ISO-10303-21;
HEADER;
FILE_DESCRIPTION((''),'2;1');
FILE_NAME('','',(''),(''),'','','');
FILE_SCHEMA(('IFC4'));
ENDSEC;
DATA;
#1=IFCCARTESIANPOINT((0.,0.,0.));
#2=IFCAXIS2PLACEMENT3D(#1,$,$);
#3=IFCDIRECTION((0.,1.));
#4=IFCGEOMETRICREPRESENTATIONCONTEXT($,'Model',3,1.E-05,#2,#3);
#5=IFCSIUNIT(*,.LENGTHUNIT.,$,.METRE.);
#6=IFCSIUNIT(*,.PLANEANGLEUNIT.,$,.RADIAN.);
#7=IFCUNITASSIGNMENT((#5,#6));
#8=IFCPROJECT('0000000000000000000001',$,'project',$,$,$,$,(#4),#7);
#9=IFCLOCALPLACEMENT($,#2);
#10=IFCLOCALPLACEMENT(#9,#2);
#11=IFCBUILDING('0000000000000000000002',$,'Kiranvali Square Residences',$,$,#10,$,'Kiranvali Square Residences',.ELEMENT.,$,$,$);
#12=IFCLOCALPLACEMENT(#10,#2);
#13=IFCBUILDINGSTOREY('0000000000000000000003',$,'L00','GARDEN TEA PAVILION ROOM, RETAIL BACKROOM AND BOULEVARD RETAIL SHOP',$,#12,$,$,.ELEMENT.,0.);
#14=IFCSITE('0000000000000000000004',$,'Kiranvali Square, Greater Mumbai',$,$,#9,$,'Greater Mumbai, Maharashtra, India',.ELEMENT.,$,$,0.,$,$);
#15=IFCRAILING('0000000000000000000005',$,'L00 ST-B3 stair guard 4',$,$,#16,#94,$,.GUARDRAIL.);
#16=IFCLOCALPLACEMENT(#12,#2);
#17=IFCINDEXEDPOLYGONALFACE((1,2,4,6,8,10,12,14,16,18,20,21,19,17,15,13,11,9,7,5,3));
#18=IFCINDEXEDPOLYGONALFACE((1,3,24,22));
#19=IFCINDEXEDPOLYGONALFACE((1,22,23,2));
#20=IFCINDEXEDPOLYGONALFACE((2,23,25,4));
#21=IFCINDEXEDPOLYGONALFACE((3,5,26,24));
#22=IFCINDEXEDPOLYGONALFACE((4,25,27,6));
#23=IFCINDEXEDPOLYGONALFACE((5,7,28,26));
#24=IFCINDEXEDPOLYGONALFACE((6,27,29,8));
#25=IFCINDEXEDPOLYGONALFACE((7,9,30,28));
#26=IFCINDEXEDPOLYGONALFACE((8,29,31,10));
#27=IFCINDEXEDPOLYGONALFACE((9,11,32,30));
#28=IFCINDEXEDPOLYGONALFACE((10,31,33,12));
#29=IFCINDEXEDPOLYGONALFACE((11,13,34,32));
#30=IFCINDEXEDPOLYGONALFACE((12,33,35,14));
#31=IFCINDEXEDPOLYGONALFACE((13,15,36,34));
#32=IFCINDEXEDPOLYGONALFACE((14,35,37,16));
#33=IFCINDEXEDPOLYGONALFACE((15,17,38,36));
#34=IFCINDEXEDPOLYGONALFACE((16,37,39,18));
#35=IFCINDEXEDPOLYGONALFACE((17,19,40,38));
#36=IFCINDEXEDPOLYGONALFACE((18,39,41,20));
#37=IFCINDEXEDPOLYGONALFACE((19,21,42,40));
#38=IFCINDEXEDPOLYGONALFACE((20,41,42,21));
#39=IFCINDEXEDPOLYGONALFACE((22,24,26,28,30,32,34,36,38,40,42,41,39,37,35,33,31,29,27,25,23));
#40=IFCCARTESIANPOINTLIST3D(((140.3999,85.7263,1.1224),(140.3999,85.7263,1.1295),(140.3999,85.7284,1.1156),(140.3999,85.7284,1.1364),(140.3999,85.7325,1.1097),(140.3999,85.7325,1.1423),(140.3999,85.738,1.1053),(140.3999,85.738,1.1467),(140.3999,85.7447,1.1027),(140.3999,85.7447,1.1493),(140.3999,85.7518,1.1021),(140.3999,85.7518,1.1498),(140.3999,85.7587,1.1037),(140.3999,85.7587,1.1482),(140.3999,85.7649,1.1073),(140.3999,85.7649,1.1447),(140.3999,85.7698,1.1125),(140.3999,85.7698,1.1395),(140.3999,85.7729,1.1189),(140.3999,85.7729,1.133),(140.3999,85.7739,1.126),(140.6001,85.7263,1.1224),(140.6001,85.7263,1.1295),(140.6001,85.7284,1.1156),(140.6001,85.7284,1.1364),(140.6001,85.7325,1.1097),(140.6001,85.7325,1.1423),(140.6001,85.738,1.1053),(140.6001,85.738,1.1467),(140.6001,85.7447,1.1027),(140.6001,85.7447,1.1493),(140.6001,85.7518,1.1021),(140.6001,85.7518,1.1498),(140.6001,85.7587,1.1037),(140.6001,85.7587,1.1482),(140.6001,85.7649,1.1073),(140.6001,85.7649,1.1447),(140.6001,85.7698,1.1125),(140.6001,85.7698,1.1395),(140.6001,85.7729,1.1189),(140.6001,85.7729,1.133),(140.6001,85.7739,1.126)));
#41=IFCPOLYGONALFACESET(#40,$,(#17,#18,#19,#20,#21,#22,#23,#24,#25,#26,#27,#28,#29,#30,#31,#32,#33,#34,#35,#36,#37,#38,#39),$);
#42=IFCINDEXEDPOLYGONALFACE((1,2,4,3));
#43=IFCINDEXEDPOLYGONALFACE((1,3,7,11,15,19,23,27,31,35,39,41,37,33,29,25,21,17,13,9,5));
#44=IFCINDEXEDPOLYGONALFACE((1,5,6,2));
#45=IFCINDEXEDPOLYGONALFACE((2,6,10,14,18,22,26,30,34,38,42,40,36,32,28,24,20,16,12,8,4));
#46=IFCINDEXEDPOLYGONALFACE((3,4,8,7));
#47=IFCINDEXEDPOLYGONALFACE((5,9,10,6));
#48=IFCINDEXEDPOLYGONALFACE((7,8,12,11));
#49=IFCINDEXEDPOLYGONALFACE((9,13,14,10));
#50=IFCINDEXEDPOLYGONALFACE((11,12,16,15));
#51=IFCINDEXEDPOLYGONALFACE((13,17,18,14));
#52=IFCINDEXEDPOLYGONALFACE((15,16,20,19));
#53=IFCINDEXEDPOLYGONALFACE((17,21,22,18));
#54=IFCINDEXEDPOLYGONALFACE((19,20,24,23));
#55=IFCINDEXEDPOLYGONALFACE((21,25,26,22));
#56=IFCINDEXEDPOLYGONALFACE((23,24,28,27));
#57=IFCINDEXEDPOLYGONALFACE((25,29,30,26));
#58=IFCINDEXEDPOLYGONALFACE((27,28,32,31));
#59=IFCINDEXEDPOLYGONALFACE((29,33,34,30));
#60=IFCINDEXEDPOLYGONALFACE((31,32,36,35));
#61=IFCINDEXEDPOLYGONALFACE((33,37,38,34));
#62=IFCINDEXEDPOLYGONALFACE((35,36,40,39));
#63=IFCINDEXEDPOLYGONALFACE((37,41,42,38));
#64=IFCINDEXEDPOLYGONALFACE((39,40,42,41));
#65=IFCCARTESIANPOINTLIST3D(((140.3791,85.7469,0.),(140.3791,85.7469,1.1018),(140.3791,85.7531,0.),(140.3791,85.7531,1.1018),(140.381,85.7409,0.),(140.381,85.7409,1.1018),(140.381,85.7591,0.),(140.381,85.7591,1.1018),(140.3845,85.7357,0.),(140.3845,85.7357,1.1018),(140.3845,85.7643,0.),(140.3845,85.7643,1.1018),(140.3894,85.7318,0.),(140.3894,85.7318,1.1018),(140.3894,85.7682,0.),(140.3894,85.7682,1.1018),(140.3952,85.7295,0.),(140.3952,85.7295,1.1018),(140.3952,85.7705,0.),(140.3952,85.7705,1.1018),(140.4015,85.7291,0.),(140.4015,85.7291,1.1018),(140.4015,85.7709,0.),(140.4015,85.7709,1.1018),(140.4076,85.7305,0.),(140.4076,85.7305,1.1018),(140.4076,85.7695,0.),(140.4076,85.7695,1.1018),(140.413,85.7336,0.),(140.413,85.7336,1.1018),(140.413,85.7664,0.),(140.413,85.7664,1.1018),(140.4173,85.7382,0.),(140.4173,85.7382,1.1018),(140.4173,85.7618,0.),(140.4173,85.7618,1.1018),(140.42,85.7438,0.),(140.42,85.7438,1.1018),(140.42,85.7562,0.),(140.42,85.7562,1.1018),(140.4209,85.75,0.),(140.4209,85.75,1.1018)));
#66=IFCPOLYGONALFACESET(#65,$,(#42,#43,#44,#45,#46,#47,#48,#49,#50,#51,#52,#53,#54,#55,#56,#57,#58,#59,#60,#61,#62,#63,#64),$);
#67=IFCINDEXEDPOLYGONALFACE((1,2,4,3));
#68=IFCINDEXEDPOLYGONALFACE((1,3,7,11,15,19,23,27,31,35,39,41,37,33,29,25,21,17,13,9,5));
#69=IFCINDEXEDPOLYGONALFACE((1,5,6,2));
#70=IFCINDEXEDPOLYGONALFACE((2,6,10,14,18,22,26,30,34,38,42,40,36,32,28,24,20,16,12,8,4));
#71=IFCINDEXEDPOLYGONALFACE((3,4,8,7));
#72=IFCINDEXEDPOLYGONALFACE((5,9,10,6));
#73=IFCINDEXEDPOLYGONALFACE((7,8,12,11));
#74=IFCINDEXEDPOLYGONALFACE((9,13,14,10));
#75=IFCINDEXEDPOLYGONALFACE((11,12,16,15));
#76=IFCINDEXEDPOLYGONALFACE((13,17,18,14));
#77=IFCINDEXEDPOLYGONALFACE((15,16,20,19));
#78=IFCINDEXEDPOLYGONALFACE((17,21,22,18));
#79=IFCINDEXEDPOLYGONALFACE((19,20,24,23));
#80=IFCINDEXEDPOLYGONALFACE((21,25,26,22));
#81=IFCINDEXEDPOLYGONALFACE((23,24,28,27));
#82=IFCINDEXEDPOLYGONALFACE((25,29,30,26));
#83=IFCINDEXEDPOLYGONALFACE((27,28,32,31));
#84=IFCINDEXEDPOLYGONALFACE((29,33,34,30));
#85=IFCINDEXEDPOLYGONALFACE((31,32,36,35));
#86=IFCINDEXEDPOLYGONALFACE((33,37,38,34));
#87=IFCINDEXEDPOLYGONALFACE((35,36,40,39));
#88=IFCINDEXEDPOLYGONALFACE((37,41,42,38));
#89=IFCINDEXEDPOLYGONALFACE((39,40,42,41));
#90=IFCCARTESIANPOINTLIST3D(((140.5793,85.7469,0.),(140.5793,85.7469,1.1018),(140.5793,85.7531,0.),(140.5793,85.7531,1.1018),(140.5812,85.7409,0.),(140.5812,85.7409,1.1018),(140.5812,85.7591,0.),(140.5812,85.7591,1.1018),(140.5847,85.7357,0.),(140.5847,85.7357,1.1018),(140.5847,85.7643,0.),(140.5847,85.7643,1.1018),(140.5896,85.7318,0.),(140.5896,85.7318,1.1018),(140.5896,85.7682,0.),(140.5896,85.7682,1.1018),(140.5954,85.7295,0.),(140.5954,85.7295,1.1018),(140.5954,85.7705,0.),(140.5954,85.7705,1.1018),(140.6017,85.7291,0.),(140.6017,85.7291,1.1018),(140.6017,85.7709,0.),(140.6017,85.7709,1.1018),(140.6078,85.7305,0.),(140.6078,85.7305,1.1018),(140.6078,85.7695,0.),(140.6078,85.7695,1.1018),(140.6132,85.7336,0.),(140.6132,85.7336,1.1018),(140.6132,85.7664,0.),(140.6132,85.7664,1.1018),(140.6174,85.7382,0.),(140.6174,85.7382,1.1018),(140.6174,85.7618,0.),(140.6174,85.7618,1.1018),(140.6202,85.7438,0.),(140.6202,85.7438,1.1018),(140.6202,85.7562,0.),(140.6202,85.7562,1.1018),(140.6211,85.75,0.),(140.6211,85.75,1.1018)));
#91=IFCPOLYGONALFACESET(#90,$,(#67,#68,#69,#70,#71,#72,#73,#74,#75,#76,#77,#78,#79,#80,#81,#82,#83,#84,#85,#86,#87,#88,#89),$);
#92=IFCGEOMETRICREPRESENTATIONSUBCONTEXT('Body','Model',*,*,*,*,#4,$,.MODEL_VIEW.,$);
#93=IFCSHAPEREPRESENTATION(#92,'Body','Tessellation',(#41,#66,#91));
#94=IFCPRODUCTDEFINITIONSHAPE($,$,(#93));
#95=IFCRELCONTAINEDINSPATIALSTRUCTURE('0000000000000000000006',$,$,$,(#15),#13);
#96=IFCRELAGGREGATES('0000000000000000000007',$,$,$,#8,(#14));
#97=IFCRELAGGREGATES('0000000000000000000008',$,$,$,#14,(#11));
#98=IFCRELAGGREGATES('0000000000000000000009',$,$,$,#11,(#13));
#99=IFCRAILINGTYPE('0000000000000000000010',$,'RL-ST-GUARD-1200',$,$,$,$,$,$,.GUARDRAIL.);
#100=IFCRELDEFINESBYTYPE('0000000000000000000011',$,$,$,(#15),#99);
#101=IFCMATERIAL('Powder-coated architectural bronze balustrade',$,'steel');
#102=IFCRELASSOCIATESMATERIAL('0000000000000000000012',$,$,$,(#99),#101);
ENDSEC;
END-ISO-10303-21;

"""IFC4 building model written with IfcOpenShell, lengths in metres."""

from ifc_helpers import new_model, si_unit, direction, frame, origin, origin_2d, place, context, subcontext, project, spatial, circle, extrude, material, type_object, element, save


model = new_model("IFC4")

# Units and contexts
model_context = context("Model", 3, precision=1e-05, world=origin(), true_north=direction((0.0, 1.0)))
body_context = subcontext(model_context, "Body", "Model", "MODEL_VIEW")
ifc_project = project(units=[si_unit("LENGTHUNIT", "METRE"), si_unit("PLANEANGLEUNIT", "RADIAN")], contexts=[model_context])

# Site, building, storey
site_placement = place(None, origin())
site = spatial("IfcSite", under=ifc_project, at=site_placement, Name="Kiranvali Square, Greater Mumbai", LongName="Greater Mumbai, Maharashtra, India", CompositionType="ELEMENT", RefElevation=0.0)
building_placement = place(site_placement, origin())
building = spatial("IfcBuilding", under=site, at=building_placement, Name="Kiranvali Square Residences", LongName="Kiranvali Square Residences", CompositionType="ELEMENT")
storey_placement = place(building_placement, origin())
storey = spatial("IfcBuildingStorey", under=building, at=storey_placement, Name="L00", Description="GARDEN TEA PAVILION ROOM, RETAIL BACKROOM AND BOULEVARD RETAIL SHOP", CompositionType="ELEMENT", Elevation=0.0)

# Railing
ifc_material_1 = material(Name="Powder-coated architectural bronze balustrade", Category="steel")
railing_type_1 = type_object("IfcRailingType", Name="RL-ST-GUARD-1200", PredefinedType="GUARDRAIL", material=ifc_material_1)
railing_1_placement = place(storey_placement, frame((140.3999, 85.75, 0.0)))
element("IfcRailing", 1, at=railing_1_placement, inside=storey, type_object=railing_type_1, Name="L00 ST-B3 stair guard 4", PredefinedType="GUARDRAIL", context=body_context, shape_type="SweptSolid", body=[
    extrude(circle(Radius=0.0239, at=origin_2d()), frame((0.0, 0.0, 1.126), z_axis=(1.0, 0.0, 0.0), x_axis=(0.0, 1.0, 0.0)), (0.0, 0.0, 1.0), 0.2002),
    extrude(circle(Radius=0.021, at=origin_2d()), origin(), (0.0, 0.0, 1.0), 1.1018),
    extrude(circle(Radius=0.021, at=origin_2d()), frame((0.2002, 0.0, 0.0)), (0.0, 0.0, 1.0), 1.1018),
])

save(model, "model.ifc")
